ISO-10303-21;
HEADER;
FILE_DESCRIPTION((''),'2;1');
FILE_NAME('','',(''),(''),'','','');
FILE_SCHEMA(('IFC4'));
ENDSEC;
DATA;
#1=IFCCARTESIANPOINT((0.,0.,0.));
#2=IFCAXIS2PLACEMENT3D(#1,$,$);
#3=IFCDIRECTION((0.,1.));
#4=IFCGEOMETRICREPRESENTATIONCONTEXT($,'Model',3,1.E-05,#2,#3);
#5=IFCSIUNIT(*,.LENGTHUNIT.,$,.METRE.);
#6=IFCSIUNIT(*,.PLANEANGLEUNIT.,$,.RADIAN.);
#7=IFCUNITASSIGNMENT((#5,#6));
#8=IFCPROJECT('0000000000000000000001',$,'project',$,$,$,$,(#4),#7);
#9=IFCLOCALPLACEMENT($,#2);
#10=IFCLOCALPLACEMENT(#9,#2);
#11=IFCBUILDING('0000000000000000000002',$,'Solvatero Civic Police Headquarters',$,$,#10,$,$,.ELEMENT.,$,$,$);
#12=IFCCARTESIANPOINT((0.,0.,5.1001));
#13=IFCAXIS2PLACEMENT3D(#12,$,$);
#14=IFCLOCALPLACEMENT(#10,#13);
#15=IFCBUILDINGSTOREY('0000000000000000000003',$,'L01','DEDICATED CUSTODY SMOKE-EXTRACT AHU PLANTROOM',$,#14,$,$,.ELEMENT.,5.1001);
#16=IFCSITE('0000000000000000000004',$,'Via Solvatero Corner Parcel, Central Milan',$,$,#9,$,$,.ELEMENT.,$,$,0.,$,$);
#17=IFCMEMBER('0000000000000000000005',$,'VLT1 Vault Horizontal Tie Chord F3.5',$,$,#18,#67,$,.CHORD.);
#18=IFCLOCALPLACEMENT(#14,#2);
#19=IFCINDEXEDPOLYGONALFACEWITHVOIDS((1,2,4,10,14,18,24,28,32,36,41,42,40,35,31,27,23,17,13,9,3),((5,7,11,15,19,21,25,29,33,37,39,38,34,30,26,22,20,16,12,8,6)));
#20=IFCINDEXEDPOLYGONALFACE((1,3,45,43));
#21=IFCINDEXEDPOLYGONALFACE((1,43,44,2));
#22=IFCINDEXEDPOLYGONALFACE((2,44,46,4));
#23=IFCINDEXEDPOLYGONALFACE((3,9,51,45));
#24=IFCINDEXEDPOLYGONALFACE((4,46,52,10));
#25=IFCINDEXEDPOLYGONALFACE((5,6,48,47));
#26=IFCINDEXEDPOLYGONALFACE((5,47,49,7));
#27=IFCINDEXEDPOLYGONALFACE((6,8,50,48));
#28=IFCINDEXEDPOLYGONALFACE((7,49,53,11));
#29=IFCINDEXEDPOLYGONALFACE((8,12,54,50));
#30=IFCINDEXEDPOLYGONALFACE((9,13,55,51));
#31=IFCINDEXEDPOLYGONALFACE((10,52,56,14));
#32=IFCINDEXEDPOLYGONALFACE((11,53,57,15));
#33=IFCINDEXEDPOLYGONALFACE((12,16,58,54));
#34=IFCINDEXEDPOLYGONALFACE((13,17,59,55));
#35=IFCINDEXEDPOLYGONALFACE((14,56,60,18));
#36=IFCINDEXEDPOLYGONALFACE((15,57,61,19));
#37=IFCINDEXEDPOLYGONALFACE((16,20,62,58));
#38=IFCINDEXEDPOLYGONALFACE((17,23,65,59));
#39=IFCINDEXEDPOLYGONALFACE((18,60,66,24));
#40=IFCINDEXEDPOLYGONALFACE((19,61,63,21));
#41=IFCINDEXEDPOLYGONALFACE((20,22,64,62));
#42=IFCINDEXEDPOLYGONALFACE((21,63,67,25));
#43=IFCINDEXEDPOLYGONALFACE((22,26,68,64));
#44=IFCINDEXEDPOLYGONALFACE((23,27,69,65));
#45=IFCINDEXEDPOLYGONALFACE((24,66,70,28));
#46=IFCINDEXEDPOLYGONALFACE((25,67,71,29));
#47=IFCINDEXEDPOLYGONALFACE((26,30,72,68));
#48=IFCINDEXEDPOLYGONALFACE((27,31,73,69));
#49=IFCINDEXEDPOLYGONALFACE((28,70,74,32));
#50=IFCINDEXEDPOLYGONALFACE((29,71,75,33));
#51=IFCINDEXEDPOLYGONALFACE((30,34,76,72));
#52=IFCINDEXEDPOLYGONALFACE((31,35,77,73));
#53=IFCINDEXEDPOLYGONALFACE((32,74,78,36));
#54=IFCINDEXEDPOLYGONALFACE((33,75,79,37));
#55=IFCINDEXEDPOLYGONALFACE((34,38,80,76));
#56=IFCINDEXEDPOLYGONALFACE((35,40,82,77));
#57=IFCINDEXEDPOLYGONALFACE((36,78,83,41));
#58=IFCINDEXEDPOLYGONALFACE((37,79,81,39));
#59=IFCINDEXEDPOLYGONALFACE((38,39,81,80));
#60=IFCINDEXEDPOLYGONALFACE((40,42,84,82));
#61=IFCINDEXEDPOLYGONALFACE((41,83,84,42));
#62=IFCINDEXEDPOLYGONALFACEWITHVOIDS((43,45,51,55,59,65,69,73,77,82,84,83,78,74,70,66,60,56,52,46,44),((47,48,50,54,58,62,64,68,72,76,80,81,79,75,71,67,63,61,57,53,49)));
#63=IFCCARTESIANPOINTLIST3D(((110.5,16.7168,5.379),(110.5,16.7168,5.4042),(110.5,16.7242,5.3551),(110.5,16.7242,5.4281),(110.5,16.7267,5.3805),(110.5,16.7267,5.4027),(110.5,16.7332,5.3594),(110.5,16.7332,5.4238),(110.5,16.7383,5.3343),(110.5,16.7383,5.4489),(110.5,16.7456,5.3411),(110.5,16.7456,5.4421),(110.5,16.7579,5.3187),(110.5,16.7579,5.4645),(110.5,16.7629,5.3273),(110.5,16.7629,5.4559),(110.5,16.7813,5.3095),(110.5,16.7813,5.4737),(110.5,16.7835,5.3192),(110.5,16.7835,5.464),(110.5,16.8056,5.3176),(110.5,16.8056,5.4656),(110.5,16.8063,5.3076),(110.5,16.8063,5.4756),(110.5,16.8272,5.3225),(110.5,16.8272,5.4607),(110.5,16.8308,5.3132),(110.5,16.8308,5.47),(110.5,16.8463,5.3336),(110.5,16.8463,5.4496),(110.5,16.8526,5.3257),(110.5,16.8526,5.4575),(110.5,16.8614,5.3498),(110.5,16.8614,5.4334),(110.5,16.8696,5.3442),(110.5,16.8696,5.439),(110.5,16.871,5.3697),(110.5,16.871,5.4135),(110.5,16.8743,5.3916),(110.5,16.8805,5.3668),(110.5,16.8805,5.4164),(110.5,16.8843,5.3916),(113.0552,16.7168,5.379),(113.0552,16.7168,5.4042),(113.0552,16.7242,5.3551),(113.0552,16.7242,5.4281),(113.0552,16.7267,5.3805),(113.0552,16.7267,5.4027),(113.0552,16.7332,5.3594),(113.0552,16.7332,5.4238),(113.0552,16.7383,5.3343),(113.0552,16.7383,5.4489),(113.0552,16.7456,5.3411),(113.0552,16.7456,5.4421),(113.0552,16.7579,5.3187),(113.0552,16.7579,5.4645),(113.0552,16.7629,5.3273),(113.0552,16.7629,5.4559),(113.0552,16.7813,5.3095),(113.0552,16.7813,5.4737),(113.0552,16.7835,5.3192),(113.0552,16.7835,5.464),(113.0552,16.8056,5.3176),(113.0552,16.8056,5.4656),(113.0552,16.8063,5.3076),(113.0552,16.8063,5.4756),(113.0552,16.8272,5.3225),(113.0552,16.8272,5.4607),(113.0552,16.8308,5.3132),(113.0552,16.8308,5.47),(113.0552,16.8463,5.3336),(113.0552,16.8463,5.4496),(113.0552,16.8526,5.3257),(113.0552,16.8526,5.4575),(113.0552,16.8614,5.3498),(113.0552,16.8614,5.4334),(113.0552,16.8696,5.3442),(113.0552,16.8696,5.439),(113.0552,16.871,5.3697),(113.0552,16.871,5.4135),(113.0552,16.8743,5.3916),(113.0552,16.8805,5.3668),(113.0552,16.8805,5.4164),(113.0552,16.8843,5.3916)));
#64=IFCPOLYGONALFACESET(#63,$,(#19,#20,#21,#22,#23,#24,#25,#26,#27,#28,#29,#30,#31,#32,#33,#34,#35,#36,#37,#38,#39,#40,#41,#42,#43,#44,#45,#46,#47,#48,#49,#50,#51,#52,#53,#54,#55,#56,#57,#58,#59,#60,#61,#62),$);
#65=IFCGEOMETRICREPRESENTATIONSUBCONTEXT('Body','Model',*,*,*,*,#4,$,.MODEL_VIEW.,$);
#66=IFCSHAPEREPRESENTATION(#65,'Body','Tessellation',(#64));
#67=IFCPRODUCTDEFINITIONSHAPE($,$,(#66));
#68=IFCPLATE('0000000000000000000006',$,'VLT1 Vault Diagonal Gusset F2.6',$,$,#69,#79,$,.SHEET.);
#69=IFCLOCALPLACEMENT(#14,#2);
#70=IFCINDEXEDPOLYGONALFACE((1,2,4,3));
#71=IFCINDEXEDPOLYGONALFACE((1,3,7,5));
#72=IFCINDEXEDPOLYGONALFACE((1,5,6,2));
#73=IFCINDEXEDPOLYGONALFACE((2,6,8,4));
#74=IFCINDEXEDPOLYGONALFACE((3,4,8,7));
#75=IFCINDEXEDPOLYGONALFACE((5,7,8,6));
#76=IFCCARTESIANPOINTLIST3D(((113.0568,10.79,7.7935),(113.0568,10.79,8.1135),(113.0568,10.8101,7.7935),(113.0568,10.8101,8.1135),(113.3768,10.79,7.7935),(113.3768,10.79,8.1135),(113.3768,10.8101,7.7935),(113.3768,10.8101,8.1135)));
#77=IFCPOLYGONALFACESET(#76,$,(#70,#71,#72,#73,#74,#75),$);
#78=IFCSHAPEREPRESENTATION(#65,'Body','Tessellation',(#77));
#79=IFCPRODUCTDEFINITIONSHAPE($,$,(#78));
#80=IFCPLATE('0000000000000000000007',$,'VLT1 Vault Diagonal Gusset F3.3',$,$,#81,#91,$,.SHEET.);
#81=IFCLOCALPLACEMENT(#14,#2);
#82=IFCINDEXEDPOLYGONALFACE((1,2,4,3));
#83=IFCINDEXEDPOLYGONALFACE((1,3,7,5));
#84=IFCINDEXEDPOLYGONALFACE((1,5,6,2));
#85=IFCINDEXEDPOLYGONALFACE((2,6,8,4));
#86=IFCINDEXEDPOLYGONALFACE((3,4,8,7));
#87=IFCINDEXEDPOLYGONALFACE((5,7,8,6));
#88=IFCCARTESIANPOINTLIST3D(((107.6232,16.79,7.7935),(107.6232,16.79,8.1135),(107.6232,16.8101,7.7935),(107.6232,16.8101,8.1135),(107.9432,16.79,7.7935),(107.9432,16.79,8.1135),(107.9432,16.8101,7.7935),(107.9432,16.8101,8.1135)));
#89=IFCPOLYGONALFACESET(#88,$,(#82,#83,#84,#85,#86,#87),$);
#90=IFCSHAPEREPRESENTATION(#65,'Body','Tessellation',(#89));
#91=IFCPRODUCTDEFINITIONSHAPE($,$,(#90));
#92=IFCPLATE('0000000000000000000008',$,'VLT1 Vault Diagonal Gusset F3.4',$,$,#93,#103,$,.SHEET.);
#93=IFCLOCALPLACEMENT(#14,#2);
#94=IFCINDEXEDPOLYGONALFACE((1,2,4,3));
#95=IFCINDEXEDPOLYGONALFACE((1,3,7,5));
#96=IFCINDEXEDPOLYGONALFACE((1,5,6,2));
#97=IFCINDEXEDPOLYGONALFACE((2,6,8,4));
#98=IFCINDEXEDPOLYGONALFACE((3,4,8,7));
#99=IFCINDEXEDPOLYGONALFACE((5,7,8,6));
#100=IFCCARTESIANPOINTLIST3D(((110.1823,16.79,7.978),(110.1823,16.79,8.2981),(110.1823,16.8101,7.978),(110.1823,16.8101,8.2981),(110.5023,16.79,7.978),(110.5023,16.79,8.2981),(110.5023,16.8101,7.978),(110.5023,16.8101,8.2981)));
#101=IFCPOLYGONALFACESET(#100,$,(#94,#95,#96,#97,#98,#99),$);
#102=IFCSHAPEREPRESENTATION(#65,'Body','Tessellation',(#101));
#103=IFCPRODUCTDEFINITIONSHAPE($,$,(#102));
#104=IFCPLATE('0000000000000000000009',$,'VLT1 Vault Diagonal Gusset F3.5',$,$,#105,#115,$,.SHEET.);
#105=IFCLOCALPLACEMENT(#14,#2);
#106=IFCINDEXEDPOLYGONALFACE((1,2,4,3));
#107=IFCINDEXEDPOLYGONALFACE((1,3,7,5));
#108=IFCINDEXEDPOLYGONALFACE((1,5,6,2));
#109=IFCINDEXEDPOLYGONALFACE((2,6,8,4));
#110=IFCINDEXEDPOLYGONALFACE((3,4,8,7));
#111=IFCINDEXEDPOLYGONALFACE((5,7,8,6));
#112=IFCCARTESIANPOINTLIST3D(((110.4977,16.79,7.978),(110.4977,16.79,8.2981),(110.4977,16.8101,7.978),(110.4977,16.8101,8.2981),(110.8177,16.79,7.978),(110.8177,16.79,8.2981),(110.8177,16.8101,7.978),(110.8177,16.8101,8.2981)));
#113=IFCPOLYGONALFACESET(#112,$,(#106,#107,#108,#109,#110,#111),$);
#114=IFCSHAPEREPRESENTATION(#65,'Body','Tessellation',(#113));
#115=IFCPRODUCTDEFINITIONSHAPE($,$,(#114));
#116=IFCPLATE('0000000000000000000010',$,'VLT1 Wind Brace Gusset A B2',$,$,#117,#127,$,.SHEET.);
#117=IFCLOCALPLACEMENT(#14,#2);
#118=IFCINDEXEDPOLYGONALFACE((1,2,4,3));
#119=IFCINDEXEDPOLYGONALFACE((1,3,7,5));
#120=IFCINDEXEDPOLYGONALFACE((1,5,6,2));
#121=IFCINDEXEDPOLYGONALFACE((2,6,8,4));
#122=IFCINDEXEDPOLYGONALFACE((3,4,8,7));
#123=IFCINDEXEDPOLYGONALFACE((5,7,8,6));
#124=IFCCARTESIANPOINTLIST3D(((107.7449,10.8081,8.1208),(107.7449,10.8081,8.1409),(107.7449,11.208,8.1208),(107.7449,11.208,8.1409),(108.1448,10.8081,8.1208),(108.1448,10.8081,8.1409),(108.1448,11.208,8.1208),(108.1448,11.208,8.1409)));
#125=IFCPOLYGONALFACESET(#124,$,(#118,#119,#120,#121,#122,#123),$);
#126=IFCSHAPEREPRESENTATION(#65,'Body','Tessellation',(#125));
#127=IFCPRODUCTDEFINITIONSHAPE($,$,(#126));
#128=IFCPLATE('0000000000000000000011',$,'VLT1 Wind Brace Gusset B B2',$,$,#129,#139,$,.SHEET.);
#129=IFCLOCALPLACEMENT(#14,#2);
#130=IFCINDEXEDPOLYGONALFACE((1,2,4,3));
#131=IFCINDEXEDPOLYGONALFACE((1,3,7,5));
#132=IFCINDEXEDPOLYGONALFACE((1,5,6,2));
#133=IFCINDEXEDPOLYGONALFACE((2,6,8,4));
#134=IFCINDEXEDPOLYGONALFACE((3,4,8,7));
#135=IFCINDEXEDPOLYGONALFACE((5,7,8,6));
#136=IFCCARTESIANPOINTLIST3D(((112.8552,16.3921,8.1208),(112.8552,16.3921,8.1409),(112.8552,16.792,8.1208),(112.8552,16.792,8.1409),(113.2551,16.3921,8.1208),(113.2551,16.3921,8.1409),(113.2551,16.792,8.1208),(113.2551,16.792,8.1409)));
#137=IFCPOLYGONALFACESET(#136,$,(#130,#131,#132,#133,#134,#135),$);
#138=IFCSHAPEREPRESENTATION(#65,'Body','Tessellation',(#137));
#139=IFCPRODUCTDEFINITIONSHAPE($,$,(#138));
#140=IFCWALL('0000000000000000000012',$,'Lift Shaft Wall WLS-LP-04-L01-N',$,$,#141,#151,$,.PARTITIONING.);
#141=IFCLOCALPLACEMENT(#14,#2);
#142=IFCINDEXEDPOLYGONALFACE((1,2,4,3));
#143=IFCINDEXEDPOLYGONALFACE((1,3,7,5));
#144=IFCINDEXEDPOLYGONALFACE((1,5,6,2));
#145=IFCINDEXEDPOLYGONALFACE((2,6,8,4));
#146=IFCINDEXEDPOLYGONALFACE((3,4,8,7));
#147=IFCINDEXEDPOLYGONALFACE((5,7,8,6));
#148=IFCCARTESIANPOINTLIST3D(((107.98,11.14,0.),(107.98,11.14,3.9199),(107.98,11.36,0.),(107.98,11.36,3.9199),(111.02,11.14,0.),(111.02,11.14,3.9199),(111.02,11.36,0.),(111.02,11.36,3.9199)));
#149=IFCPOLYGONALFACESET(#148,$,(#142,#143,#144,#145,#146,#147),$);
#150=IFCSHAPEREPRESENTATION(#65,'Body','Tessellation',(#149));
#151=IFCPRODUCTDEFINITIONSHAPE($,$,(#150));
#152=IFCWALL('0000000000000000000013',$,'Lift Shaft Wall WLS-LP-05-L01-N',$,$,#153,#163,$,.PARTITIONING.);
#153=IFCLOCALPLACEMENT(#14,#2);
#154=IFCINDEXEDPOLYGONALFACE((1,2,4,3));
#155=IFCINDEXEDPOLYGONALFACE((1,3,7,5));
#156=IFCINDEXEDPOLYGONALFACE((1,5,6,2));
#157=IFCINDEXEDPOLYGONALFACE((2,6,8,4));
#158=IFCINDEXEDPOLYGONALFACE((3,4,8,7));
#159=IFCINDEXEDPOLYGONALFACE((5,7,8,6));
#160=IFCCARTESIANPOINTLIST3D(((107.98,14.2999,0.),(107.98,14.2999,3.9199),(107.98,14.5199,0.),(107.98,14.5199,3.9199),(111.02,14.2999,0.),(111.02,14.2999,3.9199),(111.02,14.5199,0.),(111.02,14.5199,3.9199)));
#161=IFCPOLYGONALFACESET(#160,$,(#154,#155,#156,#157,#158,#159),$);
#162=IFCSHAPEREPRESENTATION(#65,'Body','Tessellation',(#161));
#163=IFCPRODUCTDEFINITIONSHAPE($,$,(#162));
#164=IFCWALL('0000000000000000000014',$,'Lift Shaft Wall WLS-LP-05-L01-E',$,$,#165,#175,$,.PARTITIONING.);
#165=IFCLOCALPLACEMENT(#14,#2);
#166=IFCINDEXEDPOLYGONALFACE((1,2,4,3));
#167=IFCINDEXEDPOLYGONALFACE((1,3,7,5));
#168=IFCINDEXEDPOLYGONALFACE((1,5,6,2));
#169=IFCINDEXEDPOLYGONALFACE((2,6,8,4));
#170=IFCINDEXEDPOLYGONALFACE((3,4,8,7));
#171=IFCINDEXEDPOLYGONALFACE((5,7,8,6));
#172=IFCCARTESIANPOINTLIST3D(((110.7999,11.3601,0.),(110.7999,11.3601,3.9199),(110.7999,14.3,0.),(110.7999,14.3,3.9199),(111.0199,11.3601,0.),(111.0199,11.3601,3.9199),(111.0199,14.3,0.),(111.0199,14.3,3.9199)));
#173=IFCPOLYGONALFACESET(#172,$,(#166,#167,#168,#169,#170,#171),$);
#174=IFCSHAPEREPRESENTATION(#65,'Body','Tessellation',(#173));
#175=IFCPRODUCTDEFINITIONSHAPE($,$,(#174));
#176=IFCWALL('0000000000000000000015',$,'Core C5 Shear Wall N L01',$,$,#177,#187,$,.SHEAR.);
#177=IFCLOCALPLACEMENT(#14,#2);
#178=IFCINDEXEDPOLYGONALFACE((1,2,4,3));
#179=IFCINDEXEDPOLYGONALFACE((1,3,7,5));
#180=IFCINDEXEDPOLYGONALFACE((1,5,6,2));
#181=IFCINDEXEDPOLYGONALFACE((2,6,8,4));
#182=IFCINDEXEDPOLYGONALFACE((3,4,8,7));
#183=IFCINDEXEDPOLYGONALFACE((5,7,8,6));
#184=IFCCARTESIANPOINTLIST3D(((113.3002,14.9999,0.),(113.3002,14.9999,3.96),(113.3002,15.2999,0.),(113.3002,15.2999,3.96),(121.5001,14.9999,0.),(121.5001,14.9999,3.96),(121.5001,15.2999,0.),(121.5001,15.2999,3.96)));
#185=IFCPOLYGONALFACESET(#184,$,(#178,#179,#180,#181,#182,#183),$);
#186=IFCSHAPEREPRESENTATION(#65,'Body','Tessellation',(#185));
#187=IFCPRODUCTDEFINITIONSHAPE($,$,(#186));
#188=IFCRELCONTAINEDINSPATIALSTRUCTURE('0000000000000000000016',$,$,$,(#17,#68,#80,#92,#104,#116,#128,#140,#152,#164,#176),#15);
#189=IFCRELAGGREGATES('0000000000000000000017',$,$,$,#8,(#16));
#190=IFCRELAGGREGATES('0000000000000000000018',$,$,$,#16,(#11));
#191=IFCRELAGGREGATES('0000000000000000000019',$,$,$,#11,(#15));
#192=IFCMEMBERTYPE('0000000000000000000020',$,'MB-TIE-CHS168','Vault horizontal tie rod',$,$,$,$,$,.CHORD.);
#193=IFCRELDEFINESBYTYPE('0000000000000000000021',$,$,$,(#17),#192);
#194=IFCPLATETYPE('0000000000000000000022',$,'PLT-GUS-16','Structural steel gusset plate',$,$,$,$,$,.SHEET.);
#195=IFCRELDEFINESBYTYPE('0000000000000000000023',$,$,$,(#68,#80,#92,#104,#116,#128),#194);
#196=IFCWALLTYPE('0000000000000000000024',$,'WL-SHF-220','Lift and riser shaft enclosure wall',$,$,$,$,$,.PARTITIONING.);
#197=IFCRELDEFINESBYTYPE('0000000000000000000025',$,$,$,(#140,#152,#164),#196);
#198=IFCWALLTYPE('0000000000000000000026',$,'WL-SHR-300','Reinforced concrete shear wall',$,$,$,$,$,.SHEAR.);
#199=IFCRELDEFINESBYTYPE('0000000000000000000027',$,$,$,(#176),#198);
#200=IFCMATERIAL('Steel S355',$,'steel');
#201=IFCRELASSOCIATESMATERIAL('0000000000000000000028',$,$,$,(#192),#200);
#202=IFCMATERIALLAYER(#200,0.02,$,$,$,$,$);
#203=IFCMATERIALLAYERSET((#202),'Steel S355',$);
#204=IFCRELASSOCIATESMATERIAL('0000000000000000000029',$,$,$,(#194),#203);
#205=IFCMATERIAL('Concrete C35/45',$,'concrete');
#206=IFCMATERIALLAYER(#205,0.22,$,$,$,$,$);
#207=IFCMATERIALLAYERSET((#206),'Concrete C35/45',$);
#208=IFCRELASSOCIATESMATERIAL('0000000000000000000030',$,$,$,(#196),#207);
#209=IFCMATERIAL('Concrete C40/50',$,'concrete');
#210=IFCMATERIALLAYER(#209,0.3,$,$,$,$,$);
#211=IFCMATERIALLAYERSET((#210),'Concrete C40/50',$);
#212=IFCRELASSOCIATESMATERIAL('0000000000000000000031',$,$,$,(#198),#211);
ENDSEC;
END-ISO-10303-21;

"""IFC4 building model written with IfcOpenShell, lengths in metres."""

from ifc_helpers import new_model, si_unit, direction, frame, frame_2d, origin, origin_2d, place, context, subcontext, project, spatial, rectangle, hollow_circle, extrude, material, layer, layer_set, material_profile, profile_set, type_object, element, save


model = new_model("IFC4")

# Units and contexts
model_context = context("Model", 3, precision=1e-05, world=origin(), true_north=direction((0.0, 1.0)))
body_context = subcontext(model_context, "Body", "Model", "MODEL_VIEW")
ifc_project = project(units=[si_unit("LENGTHUNIT", "METRE"), si_unit("PLANEANGLEUNIT", "RADIAN")], contexts=[model_context])

# Site, building, storey
site_placement = place(None, origin())
site = spatial("IfcSite", under=ifc_project, at=site_placement, Name="Via Solvatero Corner Parcel, Central Milan", CompositionType="ELEMENT", RefElevation=0.0)
building_placement = place(site_placement, origin())
building = spatial("IfcBuilding", under=site, at=building_placement, Name="Solvatero Civic Police Headquarters", CompositionType="ELEMENT")
storey_placement = place(building_placement, frame((0.0, 0.0, 5.1001)))
storey = spatial("IfcBuildingStorey", under=building, at=storey_placement, Name="L01", Description="DEDICATED CUSTODY SMOKE-EXTRACT AHU PLANTROOM", CompositionType="ELEMENT", Elevation=5.1001)

# Shared definitions
ifc_material_1 = material(Name="Steel S355", Category="steel")

# Member
ifc_material_profile_1 = material_profile(ifc_material_1, hollow_circle(Radius=0.0842, WallThickness=0.01, at=origin_2d()), Name="CHS 168.3x10.0")
ifc_profile_set_1 = profile_set([ifc_material_profile_1], Name="Steel S355")
member_type_1 = type_object("IfcMemberType", Name="MB-TIE-CHS168", Description="Vault horizontal tie rod", PredefinedType="CHORD", material=ifc_profile_set_1)
for number, where, z_axis, x_axis, name in (
    (1, (110.5, 16.8, 5.3916), (1.0, 0.0, 0.0), (0.0, 1.0, 0.0), "VLT1 Vault Horizontal Tie Chord F3.5"),
):
    element("IfcMember", number, at=place(storey_placement, frame(where, z_axis=z_axis, x_axis=x_axis)), inside=storey, type_object=member_type_1, Name=name, PredefinedType="CHORD", context=body_context, shape_type="SweptSolid", body=[
        extrude(hollow_circle(Radius=0.0842, WallThickness=0.01, at=origin_2d()), origin(), (0.0, 0.0, 1.0), 2.5552),
    ])

# Plates
ifc_layer_1 = layer(ifc_material_1, 0.02)
ifc_layer_set_1 = layer_set([ifc_layer_1], Name="Steel S355")
plate_type = type_object("IfcPlateType", Name="PLT-GUS-16", Description="Structural steel gusset plate", PredefinedType="SHEET", material=ifc_layer_set_1)
for number, where, z_axis, x_axis, name in (
    (2, (113.2168, 10.8, 7.7935), (0.0, 0.0, 1.0), (1.0, 0.0, 0.0), "VLT1 Vault Diagonal Gusset F2.6"),
    (3, (107.7832, 16.8, 7.7935), (0.0, 0.0, 1.0), (1.0, 0.0, 0.0), "VLT1 Vault Diagonal Gusset F3.3"),
    (4, (110.3423, 16.8, 7.978), (0.0, 0.0, 1.0), (1.0, 0.0, 0.0), "VLT1 Vault Diagonal Gusset F3.4"),
    (5, (110.6577, 16.8, 7.978), (0.0, 0.0, 1.0), (1.0, 0.0, 0.0), "VLT1 Vault Diagonal Gusset F3.5"),
):
    element("IfcPlate", number, at=place(storey_placement, frame(where, z_axis=z_axis, x_axis=x_axis)), inside=storey, type_object=plate_type, Name=name, PredefinedType="SHEET", context=body_context, shape_type="SweptSolid", body=[
        extrude(rectangle(XDim=0.3201, YDim=0.02, at=origin_2d()), origin(), (0.0, 0.0, 1.0), 0.3201),
    ])
for number, where, z_axis, x_axis, name in (
    (6, (107.9448, 11.0081, 8.1208), (0.0, 0.0, 1.0), (1.0, 0.0, 0.0), "VLT1 Wind Brace Gusset A B2"),
    (7, (113.0552, 16.592, 8.1208), (0.0, 0.0, 1.0), (1.0, 0.0, 0.0), "VLT1 Wind Brace Gusset B B2"),
):
    element("IfcPlate", number, at=place(storey_placement, frame(where, z_axis=z_axis, x_axis=x_axis)), inside=storey, type_object=plate_type, Name=name, PredefinedType="SHEET", context=body_context, shape_type="SweptSolid", body=[
        extrude(rectangle(XDim=0.3999, YDim=0.3999, at=origin_2d()), origin(), (0.0, 0.0, 1.0), 0.02),
    ])

# Walls
ifc_material_2 = material(Name="Concrete C35/45", Category="concrete")
ifc_layer_2 = layer(ifc_material_2, 0.22)
ifc_layer_set_2 = layer_set([ifc_layer_2], Name="Concrete C35/45")
wall_type_1 = type_object("IfcWallType", Name="WL-SHF-220", Description="Lift and riser shaft enclosure wall", PredefinedType="PARTITIONING", material=ifc_layer_set_2)
for number, where, z_axis, x_axis, name in (
    (8, (107.98, 11.25, 0.0), (0.0, 0.0, 1.0), (1.0, 0.0, 0.0), "Lift Shaft Wall WLS-LP-04-L01-N"),
    (9, (107.98, 14.4099, 0.0), (0.0, 0.0, 1.0), (1.0, 0.0, 0.0), "Lift Shaft Wall WLS-LP-05-L01-N"),
):
    element("IfcWall", number, at=place(storey_placement, frame(where, z_axis=z_axis, x_axis=x_axis)), inside=storey, type_object=wall_type_1, Name=name, PredefinedType="PARTITIONING", context=body_context, shape_type="SweptSolid", body=[
        extrude(rectangle(XDim=3.04, YDim=0.22, at=frame_2d((1.52, 0.0))), origin(), (0.0, 0.0, 1.0), 3.9199),
    ])

# Walls
wall_1_placement = place(storey_placement, frame((110.9099, 11.3601, 0.0), z_axis=(0.0, 0.0, 1.0), x_axis=(0.0, 1.0, 0.0)))
element("IfcWall", 10, at=wall_1_placement, inside=storey, type_object=wall_type_1, Name="Lift Shaft Wall WLS-LP-05-L01-E", PredefinedType="PARTITIONING", context=body_context, shape_type="SweptSolid", body=[
    extrude(rectangle(XDim=2.9399, YDim=0.22, at=frame_2d((1.47, 0.0))), origin(), (0.0, 0.0, 1.0), 3.9199),
])
ifc_material_3 = material(Name="Concrete C40/50", Category="concrete")
ifc_layer_3 = layer(ifc_material_3, 0.3)
ifc_layer_set_3 = layer_set([ifc_layer_3], Name="Concrete C40/50")
wall_type_2 = type_object("IfcWallType", Name="WL-SHR-300", Description="Reinforced concrete shear wall", PredefinedType="SHEAR", material=ifc_layer_set_3)
wall_2_placement = place(storey_placement, frame((113.3, 15.1499, 0.0), z_axis=(0.0, 0.0, 1.0), x_axis=(1.0, 0.0, 0.0)))
element("IfcWall", 11, at=wall_2_placement, inside=storey, type_object=wall_type_2, Name="Core C5 Shear Wall N L01", PredefinedType="SHEAR", context=body_context, shape_type="SweptSolid", body=[
    extrude(rectangle(XDim=8.2, YDim=0.3, at=frame_2d((4.1001, 0.0))), origin(), (0.0, 0.0, 1.0), 3.96),
])

save(model, "model.ifc")
